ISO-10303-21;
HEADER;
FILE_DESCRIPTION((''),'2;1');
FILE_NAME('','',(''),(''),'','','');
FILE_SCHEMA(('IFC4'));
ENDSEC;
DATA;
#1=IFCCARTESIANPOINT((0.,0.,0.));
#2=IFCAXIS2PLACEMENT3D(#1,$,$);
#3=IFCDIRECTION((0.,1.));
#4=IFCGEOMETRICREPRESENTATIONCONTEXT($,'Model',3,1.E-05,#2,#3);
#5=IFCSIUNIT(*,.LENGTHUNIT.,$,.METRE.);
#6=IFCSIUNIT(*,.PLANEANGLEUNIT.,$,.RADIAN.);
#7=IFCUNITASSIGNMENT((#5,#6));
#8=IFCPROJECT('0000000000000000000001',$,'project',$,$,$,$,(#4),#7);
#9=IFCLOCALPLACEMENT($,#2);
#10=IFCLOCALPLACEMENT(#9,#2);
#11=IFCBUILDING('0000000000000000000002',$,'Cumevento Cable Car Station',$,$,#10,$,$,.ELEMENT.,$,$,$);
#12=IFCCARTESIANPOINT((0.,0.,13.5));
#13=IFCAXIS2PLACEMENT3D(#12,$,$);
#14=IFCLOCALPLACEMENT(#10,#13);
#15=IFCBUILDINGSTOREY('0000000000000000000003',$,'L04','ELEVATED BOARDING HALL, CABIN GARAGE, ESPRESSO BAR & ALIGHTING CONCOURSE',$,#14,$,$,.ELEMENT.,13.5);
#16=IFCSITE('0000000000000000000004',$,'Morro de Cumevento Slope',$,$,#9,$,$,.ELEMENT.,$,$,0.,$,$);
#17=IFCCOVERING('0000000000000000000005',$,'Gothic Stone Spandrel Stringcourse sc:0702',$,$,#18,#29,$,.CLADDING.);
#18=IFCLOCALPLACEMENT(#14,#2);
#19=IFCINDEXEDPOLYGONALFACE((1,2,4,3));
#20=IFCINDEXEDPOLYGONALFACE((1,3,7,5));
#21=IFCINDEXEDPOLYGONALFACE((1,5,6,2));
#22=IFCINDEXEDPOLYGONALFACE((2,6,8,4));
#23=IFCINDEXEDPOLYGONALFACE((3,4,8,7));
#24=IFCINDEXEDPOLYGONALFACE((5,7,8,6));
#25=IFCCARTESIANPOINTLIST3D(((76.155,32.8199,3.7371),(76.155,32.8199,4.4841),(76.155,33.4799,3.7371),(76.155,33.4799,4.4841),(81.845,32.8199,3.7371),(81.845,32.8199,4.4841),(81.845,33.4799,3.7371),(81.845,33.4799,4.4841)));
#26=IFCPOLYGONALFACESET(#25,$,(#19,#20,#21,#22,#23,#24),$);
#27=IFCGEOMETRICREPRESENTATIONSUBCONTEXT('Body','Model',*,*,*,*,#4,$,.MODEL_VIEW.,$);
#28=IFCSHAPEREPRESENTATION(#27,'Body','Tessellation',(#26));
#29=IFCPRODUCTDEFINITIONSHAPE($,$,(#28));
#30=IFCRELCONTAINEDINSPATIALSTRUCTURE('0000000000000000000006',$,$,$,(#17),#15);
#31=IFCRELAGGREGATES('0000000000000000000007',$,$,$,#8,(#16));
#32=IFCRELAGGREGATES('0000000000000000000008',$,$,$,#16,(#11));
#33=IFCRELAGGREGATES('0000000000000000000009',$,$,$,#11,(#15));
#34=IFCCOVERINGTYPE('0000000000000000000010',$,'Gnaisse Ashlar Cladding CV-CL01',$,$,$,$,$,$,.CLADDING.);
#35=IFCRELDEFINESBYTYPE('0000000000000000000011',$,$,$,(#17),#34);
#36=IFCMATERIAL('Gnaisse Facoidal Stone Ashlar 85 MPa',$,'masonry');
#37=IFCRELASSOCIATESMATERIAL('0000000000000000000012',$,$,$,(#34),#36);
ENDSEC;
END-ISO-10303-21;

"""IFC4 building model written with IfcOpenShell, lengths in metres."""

from ifc_helpers import new_model, si_unit, direction, frame, origin, origin_2d, place, context, subcontext, project, spatial, rectangle, extrude, material, type_object, element, save


model = new_model("IFC4")

# Units and contexts
model_context = context("Model", 3, precision=1e-05, world=origin(), true_north=direction((0.0, 1.0)))
body_context = subcontext(model_context, "Body", "Model", "MODEL_VIEW")
ifc_project = project(units=[si_unit("LENGTHUNIT", "METRE"), si_unit("PLANEANGLEUNIT", "RADIAN")], contexts=[model_context])

# Site, building, storey
site_placement = place(None, origin())
site = spatial("IfcSite", under=ifc_project, at=site_placement, Name="Morro de Cumevento Slope", CompositionType="ELEMENT", RefElevation=0.0)
building_placement = place(site_placement, origin())
building = spatial("IfcBuilding", under=site, at=building_placement, Name="Cumevento Cable Car Station", CompositionType="ELEMENT")
storey_placement = place(building_placement, frame((0.0, 0.0, 13.5)))
storey = spatial("IfcBuildingStorey", under=building, at=storey_placement, Name="L04", Description="ELEVATED BOARDING HALL, CABIN GARAGE, ESPRESSO BAR & ALIGHTING CONCOURSE", CompositionType="ELEMENT", Elevation=13.5)

# Covering
ifc_material_1 = material(Name="Gnaisse Facoidal Stone Ashlar 85 MPa", Category="masonry")
covering_type = type_object("IfcCoveringType", Name="Gnaisse Ashlar Cladding CV-CL01", PredefinedType="CLADDING", material=ifc_material_1)
covering_1_placement = place(storey_placement, frame((79.0, 33.1499, 3.7371), z_axis=(0.0, 0.0, 1.0), x_axis=(-1.0, 0.0, 0.0)))
element("IfcCovering", 1, at=covering_1_placement, inside=storey, type_object=covering_type, Name="Gothic Stone Spandrel Stringcourse sc:0702", PredefinedType="CLADDING", context=body_context, shape_type="SweptSolid", body=[
    extrude(rectangle(XDim=5.6899, YDim=0.6599, at=origin_2d()), origin(), (0.0, 0.0, 1.0), 0.7471),
])

save(model, "model.ifc")
